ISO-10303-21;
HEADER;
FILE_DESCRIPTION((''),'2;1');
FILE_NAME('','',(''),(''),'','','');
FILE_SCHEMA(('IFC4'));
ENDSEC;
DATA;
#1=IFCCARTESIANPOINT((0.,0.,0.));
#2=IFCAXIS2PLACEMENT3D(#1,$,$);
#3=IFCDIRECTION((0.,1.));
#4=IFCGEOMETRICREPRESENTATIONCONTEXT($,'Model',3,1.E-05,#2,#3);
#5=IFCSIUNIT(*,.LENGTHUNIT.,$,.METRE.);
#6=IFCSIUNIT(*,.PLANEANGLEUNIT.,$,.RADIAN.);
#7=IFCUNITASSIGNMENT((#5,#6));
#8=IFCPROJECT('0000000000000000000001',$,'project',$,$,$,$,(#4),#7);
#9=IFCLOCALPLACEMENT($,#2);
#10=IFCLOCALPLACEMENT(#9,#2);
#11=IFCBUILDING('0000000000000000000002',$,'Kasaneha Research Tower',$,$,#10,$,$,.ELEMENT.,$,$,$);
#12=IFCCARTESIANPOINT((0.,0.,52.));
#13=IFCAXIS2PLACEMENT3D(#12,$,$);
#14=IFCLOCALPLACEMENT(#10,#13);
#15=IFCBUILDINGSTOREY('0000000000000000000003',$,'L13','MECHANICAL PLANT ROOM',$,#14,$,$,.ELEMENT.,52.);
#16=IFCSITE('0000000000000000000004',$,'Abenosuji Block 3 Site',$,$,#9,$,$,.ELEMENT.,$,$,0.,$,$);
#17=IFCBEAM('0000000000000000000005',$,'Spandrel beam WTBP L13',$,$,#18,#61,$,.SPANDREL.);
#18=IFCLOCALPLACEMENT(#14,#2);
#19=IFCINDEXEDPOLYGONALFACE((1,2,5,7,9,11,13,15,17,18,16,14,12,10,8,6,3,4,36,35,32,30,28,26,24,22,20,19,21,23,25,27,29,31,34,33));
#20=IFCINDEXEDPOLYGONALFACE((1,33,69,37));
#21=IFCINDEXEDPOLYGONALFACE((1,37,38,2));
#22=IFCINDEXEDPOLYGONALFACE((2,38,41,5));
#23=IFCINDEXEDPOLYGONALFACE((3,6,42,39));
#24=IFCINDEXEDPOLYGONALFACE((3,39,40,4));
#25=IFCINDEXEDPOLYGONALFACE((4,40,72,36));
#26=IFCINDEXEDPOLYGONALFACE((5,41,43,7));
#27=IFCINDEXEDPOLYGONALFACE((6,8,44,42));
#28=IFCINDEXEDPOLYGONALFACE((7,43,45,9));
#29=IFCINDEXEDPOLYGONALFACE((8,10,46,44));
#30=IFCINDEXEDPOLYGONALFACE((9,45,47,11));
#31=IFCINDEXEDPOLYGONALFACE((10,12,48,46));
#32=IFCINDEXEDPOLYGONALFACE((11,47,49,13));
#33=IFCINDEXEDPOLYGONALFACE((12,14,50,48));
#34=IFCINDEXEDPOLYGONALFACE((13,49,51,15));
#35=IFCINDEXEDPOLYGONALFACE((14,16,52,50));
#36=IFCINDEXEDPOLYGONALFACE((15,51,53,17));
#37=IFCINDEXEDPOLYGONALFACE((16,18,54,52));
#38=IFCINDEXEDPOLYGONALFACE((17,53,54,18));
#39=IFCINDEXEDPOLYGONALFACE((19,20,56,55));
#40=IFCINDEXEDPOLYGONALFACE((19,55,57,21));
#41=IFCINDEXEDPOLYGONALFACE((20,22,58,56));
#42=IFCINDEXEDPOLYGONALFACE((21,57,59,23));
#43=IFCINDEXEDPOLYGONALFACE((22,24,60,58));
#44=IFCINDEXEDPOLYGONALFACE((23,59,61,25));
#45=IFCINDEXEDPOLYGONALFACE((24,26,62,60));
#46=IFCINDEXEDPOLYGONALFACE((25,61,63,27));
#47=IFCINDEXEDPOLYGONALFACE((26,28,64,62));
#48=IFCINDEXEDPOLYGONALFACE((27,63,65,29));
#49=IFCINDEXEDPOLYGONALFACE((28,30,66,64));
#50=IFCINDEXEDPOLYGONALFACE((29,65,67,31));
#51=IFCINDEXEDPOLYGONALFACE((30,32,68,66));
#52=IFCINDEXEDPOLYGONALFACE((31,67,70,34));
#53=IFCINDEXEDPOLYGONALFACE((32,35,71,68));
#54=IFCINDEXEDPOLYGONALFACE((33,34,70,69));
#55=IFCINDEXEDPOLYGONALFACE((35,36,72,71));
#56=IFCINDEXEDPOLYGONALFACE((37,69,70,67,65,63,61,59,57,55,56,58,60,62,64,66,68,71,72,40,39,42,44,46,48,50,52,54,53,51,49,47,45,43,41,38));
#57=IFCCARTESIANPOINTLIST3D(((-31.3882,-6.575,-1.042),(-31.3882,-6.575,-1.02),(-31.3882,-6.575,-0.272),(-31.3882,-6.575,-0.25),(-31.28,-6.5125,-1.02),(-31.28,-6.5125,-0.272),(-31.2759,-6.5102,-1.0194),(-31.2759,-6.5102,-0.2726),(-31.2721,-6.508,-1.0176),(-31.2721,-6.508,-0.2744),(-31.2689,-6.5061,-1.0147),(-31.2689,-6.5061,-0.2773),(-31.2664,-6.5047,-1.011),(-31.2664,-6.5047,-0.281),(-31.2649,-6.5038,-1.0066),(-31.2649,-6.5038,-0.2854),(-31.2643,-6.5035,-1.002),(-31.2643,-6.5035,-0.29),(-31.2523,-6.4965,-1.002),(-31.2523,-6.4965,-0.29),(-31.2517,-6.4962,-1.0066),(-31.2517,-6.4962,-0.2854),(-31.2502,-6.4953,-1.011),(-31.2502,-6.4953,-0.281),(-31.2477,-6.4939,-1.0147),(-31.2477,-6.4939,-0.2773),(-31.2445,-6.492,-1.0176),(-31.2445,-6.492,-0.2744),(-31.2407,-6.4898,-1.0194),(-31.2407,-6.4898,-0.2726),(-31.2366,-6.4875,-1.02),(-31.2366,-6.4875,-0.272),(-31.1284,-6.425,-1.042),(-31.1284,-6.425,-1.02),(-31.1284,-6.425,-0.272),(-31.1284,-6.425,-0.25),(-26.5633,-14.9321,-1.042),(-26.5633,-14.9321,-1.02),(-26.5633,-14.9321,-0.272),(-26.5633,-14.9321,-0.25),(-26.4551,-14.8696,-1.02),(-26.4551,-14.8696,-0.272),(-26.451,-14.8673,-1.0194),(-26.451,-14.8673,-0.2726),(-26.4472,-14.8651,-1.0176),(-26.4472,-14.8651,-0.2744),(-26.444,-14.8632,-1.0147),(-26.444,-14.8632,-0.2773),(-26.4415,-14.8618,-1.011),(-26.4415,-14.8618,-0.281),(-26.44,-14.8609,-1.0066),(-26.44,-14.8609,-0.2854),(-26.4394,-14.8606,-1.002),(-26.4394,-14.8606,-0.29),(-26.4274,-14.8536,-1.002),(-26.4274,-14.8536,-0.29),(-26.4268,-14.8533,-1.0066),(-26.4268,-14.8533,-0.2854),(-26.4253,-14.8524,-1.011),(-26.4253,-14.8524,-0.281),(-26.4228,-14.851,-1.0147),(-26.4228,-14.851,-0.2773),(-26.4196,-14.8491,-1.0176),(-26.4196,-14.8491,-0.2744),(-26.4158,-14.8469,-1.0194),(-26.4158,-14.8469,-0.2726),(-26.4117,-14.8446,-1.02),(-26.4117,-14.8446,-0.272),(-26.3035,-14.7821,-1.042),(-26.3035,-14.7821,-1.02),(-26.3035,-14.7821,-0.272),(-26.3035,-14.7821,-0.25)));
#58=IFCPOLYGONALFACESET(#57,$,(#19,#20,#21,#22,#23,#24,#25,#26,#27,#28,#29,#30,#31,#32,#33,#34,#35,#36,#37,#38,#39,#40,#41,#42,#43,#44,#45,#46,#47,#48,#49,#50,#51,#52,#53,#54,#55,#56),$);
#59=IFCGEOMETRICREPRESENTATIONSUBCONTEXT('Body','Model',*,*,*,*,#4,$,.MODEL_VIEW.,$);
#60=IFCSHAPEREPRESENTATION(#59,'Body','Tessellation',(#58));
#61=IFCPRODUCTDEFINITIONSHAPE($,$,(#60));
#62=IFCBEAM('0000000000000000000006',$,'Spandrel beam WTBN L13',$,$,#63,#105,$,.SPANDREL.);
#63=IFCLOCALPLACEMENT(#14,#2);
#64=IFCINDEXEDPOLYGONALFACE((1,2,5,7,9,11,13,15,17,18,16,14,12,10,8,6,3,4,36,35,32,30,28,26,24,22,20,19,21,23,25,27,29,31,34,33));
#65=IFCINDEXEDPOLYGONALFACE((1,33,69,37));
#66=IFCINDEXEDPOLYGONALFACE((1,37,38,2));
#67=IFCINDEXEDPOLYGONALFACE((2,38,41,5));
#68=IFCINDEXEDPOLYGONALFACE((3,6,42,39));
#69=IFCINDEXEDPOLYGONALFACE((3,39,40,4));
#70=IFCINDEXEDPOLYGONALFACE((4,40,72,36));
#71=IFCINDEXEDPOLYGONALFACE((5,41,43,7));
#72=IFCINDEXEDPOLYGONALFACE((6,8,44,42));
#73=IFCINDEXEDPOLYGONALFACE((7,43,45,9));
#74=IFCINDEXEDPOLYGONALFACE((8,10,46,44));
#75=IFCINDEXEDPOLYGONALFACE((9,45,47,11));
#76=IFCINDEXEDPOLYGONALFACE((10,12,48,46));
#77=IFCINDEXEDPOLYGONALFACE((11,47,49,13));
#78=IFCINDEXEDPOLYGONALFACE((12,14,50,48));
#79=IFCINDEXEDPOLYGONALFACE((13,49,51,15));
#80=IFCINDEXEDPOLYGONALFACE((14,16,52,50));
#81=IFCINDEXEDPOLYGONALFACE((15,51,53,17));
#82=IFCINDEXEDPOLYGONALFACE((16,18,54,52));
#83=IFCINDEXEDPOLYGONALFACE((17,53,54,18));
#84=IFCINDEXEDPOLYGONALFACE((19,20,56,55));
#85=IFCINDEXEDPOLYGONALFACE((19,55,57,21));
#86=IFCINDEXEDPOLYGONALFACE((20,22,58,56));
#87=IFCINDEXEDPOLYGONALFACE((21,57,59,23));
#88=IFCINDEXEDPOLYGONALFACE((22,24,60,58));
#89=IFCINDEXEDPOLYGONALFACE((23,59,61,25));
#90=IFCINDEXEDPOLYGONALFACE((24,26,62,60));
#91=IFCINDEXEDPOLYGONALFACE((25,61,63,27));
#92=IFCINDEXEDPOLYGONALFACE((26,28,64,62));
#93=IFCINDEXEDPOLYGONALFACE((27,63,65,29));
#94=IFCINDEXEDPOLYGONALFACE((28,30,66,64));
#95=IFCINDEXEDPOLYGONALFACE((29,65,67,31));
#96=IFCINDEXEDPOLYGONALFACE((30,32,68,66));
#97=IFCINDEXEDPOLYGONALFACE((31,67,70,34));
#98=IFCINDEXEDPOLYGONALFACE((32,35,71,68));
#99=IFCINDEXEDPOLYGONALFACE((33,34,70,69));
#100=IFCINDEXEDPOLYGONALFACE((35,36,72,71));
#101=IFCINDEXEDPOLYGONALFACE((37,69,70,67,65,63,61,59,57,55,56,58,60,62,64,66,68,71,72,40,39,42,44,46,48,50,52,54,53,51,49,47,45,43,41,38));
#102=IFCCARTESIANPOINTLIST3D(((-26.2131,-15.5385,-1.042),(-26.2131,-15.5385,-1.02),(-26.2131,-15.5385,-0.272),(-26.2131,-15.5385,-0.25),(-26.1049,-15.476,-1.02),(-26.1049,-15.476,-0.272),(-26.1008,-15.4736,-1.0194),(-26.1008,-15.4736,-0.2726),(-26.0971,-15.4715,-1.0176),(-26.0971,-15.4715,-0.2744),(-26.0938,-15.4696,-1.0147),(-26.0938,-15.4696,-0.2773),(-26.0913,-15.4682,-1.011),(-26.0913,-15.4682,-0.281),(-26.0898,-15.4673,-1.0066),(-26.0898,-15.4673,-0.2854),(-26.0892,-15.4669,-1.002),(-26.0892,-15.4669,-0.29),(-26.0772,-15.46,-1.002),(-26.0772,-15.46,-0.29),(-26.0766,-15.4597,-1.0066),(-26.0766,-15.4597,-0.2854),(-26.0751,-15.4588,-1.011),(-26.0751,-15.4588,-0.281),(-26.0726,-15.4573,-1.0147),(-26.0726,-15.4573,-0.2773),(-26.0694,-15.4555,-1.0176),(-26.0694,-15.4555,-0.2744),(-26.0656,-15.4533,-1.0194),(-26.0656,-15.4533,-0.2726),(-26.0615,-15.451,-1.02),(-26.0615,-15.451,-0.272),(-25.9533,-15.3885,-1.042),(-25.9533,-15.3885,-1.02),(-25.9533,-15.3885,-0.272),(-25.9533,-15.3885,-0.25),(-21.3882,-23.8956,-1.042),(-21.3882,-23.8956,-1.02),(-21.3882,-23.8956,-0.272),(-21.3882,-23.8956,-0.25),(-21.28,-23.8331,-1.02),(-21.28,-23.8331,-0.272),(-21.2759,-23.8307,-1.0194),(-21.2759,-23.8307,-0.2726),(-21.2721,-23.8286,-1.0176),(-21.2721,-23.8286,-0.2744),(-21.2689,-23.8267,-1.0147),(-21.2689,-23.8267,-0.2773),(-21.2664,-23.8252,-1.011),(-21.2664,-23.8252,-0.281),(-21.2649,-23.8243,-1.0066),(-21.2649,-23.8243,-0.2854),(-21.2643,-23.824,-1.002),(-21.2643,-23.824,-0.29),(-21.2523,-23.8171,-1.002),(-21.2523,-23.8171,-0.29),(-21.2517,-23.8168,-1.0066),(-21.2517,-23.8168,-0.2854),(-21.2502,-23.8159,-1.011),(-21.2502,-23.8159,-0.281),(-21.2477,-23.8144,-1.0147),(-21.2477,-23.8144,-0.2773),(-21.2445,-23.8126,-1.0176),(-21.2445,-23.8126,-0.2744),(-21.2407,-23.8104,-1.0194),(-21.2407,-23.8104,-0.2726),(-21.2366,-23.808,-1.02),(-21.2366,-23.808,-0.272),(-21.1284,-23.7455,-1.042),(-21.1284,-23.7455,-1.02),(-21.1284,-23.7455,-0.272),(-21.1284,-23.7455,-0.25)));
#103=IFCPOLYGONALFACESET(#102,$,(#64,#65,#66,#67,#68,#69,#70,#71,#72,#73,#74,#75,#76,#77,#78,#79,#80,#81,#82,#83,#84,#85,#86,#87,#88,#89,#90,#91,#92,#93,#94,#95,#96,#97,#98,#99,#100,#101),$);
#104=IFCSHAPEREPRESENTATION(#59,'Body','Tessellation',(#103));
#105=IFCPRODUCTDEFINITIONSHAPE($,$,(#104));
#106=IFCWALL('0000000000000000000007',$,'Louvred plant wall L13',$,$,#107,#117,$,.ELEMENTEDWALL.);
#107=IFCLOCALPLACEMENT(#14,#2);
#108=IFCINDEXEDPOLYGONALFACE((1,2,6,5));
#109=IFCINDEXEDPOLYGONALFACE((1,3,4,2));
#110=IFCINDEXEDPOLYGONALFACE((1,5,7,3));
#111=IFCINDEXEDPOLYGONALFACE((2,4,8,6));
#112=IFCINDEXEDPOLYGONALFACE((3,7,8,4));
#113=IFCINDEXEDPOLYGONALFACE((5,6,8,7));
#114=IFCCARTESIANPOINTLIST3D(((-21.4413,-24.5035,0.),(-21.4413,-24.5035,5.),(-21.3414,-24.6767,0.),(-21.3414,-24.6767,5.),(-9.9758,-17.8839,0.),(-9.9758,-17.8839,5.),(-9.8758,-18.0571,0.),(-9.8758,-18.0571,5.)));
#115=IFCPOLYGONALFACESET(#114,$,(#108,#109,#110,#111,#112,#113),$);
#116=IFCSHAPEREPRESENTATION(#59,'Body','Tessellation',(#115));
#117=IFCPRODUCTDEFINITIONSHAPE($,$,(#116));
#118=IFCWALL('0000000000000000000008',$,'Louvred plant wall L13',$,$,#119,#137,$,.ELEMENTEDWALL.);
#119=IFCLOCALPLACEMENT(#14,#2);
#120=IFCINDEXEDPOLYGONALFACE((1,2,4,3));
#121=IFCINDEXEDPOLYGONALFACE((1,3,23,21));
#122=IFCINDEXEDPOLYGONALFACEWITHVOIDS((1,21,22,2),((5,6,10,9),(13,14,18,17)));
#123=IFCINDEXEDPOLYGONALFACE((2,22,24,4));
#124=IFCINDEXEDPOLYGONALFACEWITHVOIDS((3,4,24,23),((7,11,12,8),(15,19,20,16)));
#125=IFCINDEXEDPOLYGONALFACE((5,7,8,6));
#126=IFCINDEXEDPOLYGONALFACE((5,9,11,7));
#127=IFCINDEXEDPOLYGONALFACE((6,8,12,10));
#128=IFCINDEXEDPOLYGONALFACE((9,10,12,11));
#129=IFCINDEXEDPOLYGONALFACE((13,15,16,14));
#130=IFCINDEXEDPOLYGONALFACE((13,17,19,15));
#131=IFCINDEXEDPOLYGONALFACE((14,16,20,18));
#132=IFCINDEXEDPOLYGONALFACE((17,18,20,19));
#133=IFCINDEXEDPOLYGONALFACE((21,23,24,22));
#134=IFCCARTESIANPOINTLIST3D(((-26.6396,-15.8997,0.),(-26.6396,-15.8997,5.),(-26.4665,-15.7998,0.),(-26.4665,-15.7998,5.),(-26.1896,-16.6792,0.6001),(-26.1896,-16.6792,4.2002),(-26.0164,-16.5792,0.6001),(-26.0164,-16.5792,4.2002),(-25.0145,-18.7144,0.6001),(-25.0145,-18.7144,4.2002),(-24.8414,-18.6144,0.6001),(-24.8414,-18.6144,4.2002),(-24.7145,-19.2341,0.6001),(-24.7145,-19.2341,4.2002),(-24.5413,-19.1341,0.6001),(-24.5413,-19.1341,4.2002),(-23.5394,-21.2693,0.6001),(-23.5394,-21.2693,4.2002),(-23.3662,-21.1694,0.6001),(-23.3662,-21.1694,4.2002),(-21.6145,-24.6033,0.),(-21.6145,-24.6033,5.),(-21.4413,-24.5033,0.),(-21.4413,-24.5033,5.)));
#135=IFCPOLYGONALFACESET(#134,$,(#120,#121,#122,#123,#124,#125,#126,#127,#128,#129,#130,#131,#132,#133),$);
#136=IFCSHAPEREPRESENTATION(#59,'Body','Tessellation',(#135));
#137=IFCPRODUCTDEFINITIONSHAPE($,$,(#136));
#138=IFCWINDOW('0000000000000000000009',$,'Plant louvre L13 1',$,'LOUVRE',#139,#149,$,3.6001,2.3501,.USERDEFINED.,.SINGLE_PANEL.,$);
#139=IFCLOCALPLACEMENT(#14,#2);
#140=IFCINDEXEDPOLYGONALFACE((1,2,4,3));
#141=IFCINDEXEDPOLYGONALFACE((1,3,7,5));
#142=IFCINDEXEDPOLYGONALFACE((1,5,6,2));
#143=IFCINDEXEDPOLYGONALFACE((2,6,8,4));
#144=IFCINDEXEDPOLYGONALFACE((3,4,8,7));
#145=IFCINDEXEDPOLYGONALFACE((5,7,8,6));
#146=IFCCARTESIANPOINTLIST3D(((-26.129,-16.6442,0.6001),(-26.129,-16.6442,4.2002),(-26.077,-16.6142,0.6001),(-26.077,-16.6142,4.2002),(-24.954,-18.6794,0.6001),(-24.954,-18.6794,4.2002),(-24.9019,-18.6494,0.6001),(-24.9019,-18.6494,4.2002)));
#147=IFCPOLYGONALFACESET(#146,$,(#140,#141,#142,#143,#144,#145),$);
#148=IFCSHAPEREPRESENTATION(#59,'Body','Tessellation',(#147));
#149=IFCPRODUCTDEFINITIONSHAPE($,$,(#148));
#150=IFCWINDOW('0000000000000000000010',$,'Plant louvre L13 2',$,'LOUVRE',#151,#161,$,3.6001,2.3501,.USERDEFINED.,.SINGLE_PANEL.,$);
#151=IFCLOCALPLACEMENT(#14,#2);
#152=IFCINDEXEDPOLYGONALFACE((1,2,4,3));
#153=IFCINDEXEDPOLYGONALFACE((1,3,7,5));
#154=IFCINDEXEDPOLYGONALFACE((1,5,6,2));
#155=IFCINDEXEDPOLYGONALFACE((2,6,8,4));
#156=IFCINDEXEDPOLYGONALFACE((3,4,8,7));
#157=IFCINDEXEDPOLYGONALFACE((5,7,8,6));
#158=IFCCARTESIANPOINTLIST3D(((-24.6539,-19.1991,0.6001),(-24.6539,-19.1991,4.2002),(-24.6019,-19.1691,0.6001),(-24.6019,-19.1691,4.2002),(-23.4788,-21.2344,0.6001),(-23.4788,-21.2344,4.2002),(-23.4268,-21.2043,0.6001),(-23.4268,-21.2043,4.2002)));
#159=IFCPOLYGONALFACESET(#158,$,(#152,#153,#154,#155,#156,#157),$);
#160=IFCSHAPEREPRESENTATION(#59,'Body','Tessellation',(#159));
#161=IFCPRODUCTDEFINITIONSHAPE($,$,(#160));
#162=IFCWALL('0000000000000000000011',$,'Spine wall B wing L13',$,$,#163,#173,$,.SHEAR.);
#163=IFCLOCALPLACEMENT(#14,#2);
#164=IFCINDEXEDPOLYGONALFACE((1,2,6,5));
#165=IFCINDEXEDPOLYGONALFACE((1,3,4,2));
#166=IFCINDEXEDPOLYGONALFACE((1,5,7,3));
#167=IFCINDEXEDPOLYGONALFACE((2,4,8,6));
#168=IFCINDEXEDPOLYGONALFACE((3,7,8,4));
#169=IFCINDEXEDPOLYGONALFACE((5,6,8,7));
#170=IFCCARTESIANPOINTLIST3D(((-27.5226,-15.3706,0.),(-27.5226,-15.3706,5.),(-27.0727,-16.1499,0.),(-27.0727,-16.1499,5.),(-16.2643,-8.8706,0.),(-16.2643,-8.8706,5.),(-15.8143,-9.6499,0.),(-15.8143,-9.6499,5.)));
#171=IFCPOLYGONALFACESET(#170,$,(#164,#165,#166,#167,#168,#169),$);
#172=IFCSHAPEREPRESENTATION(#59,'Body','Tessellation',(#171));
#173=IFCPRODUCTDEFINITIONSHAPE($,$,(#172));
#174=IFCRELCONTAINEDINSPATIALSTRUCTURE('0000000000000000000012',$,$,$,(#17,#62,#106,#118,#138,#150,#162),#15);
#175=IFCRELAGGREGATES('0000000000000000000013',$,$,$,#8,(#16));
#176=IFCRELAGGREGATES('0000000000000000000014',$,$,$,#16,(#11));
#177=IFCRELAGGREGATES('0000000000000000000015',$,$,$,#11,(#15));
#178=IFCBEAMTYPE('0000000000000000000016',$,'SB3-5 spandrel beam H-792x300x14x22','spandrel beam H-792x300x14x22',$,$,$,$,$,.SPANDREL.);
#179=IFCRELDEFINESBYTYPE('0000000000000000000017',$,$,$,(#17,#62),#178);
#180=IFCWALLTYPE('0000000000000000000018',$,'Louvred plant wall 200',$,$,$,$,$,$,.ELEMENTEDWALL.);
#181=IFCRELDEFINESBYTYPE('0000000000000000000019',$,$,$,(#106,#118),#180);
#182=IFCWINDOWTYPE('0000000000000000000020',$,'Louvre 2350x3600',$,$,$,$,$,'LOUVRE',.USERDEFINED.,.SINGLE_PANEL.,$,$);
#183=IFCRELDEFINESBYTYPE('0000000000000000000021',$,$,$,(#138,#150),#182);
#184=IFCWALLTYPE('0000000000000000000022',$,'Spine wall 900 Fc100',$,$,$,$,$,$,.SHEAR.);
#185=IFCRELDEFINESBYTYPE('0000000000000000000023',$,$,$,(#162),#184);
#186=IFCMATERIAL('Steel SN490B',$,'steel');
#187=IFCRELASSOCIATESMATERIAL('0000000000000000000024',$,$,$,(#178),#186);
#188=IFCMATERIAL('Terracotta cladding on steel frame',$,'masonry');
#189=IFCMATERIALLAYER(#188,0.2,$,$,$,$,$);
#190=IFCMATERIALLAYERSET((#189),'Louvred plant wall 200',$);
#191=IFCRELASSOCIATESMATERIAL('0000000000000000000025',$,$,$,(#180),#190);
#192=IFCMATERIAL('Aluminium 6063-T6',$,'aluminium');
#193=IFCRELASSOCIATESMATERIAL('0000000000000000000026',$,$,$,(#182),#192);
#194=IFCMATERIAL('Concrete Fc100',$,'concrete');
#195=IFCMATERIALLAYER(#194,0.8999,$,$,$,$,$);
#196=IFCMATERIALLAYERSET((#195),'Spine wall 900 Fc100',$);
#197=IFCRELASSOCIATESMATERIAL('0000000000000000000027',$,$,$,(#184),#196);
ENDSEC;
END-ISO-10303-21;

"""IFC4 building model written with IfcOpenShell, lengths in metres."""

from ifc_helpers import new_model, si_unit, direction, frame, frame_2d, origin, origin_2d, place, context, subcontext, project, spatial, rectangle, i_section, extrude, material, layer, layer_set, material_profile, profile_set, type_object, element, fill, save


model = new_model("IFC4")

# Units and contexts
model_context = context("Model", 3, precision=1e-05, world=origin(), true_north=direction((0.0, 1.0)))
body_context = subcontext(model_context, "Body", "Model", "MODEL_VIEW")
ifc_project = project(units=[si_unit("LENGTHUNIT", "METRE"), si_unit("PLANEANGLEUNIT", "RADIAN")], contexts=[model_context])

# Site, building, storey
site_placement = place(None, origin())
site = spatial("IfcSite", under=ifc_project, at=site_placement, Name="Abenosuji Block 3 Site", CompositionType="ELEMENT", RefElevation=0.0)
building_placement = place(site_placement, origin())
building = spatial("IfcBuilding", under=site, at=building_placement, Name="Kasaneha Research Tower", CompositionType="ELEMENT")
storey_placement = place(building_placement, frame((0.0, 0.0, 52.0)))
storey = spatial("IfcBuildingStorey", under=building, at=storey_placement, Name="L13", Description="MECHANICAL PLANT ROOM", CompositionType="ELEMENT", Elevation=52.0)

# Beams
ifc_material_1 = material(Name="Steel SN490B", Category="steel")
ifc_material_profile_1 = material_profile(ifc_material_1, i_section(OverallWidth=0.3, OverallDepth=0.792, WebThickness=0.0139, FlangeThickness=0.022, FilletRadius=0.0181, at=origin_2d()), Name="H-792x300x14x22")
ifc_profile_set_1 = profile_set([ifc_material_profile_1], Name="Steel SN490B")
beam_type_1 = type_object("IfcBeamType", Name="SB3-5 spandrel beam H-792x300x14x22", Description="spandrel beam H-792x300x14x22", PredefinedType="SPANDREL", material=ifc_profile_set_1)
for number, where, z_axis, x_axis, name in (
    (1, (-31.2583, -6.5, -0.646), (0.499995, -0.866028, 0.0), (0.866028, 0.499995, 0.0), "Spandrel beam WTBP L13"),
    (2, (-21.2583, -23.8206, -0.646), (-0.499995, 0.866028, 0.0), (-0.866028, -0.499995, 0.0), "Spandrel beam WTBN L13"),
):
    element("IfcBeam", number, at=place(storey_placement, frame(where, z_axis=z_axis, x_axis=x_axis)), inside=storey, type_object=beam_type_1, Name=name, PredefinedType="SPANDREL", context=body_context, shape_type="SweptSolid", body=[
        extrude(i_section(OverallWidth=0.3, OverallDepth=0.792, WebThickness=0.0139, FlangeThickness=0.022, FilletRadius=0.0181, at=origin_2d()), origin(), (0.0, 0.0, 1.0), 9.6499),
    ])

# Wall
ifc_material_2 = material(Name="Terracotta cladding on steel frame", Category="masonry")
ifc_layer_1 = layer(ifc_material_2, 0.2)
ifc_layer_set_1 = layer_set([ifc_layer_1], Name="Louvred plant wall 200")
wall_type_1 = type_object("IfcWallType", Name="Louvred plant wall 200", PredefinedType="ELEMENTEDWALL", material=ifc_layer_set_1)
wall_1_placement = place(storey_placement, frame((-21.3914, -24.5901, 0.0), z_axis=(0.0, 0.0, 1.0), x_axis=(0.866026, 0.499999, 0.0)))
element("IfcWall", 3, at=wall_1_placement, inside=storey, type_object=wall_type_1, Name="Louvred plant wall L13", PredefinedType="ELEMENTEDWALL", context=body_context, shape_type="SweptSolid", body=[
    extrude(rectangle(XDim=13.2393, YDim=0.2, at=frame_2d((6.6196, 0.0))), origin(), (0.0, 0.0, 1.0), 5.0),
])

# Wall, openings, windows
wall_2_placement = place(storey_placement, frame((-26.553, -15.8499, 0.0), z_axis=(0.0, 0.0, 1.0), x_axis=(0.500008, -0.866021, 0.0)))
wall_2 = element("IfcWall", 4, at=wall_2_placement, inside=storey, type_object=wall_type_1, Name="Louvred plant wall L13", PredefinedType="ELEMENTEDWALL", context=body_context, shape_type="SweptSolid", body=[
    extrude(rectangle(XDim=10.05, YDim=0.2, at=frame_2d((5.0249, 0.0))), origin(), (0.0, 0.0, 1.0), 5.0),
])
opening_1_placement = place(wall_2_placement, frame((0.8999, 0.0, 0.6001)))
opening_1 = element("IfcOpeningElement", 5, at=opening_1_placement, cuts=wall_2, PredefinedType="OPENING", context=body_context, shape_type="SweptSolid", body=[
    extrude(rectangle(XDim=2.3501, YDim=3.6001, at=frame_2d((1.175, 1.8))), frame((0.0, 0.1099, 0.0), z_axis=(0.0, -1.0, 0.0), x_axis=(1.0, 0.0, 0.0)), (0.0, 0.0, 1.0), 0.22),
])
opening_2_placement = place(wall_2_placement, frame((3.8501, 0.0, 0.6001)))
opening_2 = element("IfcOpeningElement", 6, at=opening_2_placement, cuts=wall_2, PredefinedType="OPENING", context=body_context, shape_type="SweptSolid", body=[
    extrude(rectangle(XDim=2.3501, YDim=3.6001, at=frame_2d((1.175, 1.8))), frame((0.0, 0.1099, 0.0), z_axis=(0.0, -1.0, 0.0), x_axis=(1.0, 0.0, 0.0)), (0.0, 0.0, 1.0), 0.22),
])
ifc_material_3 = material(Name="Aluminium 6063-T6", Category="aluminium")
window_type = type_object("IfcWindowType", Name="Louvre 2350x3600", ElementType="LOUVRE", PartitioningType="SINGLE_PANEL", PredefinedType="USERDEFINED", material=ifc_material_3)
window_1_placement = place(opening_1_placement, origin())
window_1 = element("IfcWindow", 7, at=window_1_placement, inside=storey, type_object=window_type, Name="Plant louvre L13 1", ObjectType="LOUVRE", OverallHeight=3.6001, OverallWidth=2.3501, PartitioningType="SINGLE_PANEL", PredefinedType="USERDEFINED", context=body_context, shape_type="SweptSolid", body=[
    extrude(rectangle(XDim=2.3501, YDim=3.6001, at=frame_2d((1.175, 1.8))), frame((0.0, 0.03, 0.0), z_axis=(0.0, -1.0, 0.0), x_axis=(1.0, 0.0, 0.0)), (0.0, 0.0, 1.0), 0.0601),
])
fill(opening_1, window_1)
window_2_placement = place(opening_2_placement, origin())
window_2 = element("IfcWindow", 8, at=window_2_placement, inside=storey, type_object=window_type, Name="Plant louvre L13 2", ObjectType="LOUVRE", OverallHeight=3.6001, OverallWidth=2.3501, PartitioningType="SINGLE_PANEL", PredefinedType="USERDEFINED", context=body_context, shape_type="SweptSolid", body=[
    extrude(rectangle(XDim=2.3501, YDim=3.6001, at=frame_2d((1.175, 1.8))), frame((0.0, 0.03, 0.0), z_axis=(0.0, -1.0, 0.0), x_axis=(1.0, 0.0, 0.0)), (0.0, 0.0, 1.0), 0.0601),
])
fill(opening_2, window_2)

# Wall
ifc_material_4 = material(Name="Concrete Fc100", Category="concrete")
ifc_layer_2 = layer(ifc_material_4, 0.8999)
ifc_layer_set_2 = layer_set([ifc_layer_2], Name="Spine wall 900 Fc100")
wall_type_2 = type_object("IfcWallType", Name="Spine wall 900 Fc100", PredefinedType="SHEAR", material=ifc_layer_set_2)
wall_3_placement = place(storey_placement, frame((-16.0393, -9.2603, 0.0), z_axis=(0.0, 0.0, 1.0), x_axis=(-0.866025, -0.500001, 0.0)))
element("IfcWall", 9, at=wall_3_placement, inside=storey, type_object=wall_type_2, Name="Spine wall B wing L13", PredefinedType="SHEAR", context=body_context, shape_type="SweptSolid", body=[
    extrude(rectangle(XDim=13.0, YDim=0.8999, at=frame_2d((6.5, 0.0))), origin(), (0.0, 0.0, 1.0), 5.0),
])

save(model, "model.ifc")
